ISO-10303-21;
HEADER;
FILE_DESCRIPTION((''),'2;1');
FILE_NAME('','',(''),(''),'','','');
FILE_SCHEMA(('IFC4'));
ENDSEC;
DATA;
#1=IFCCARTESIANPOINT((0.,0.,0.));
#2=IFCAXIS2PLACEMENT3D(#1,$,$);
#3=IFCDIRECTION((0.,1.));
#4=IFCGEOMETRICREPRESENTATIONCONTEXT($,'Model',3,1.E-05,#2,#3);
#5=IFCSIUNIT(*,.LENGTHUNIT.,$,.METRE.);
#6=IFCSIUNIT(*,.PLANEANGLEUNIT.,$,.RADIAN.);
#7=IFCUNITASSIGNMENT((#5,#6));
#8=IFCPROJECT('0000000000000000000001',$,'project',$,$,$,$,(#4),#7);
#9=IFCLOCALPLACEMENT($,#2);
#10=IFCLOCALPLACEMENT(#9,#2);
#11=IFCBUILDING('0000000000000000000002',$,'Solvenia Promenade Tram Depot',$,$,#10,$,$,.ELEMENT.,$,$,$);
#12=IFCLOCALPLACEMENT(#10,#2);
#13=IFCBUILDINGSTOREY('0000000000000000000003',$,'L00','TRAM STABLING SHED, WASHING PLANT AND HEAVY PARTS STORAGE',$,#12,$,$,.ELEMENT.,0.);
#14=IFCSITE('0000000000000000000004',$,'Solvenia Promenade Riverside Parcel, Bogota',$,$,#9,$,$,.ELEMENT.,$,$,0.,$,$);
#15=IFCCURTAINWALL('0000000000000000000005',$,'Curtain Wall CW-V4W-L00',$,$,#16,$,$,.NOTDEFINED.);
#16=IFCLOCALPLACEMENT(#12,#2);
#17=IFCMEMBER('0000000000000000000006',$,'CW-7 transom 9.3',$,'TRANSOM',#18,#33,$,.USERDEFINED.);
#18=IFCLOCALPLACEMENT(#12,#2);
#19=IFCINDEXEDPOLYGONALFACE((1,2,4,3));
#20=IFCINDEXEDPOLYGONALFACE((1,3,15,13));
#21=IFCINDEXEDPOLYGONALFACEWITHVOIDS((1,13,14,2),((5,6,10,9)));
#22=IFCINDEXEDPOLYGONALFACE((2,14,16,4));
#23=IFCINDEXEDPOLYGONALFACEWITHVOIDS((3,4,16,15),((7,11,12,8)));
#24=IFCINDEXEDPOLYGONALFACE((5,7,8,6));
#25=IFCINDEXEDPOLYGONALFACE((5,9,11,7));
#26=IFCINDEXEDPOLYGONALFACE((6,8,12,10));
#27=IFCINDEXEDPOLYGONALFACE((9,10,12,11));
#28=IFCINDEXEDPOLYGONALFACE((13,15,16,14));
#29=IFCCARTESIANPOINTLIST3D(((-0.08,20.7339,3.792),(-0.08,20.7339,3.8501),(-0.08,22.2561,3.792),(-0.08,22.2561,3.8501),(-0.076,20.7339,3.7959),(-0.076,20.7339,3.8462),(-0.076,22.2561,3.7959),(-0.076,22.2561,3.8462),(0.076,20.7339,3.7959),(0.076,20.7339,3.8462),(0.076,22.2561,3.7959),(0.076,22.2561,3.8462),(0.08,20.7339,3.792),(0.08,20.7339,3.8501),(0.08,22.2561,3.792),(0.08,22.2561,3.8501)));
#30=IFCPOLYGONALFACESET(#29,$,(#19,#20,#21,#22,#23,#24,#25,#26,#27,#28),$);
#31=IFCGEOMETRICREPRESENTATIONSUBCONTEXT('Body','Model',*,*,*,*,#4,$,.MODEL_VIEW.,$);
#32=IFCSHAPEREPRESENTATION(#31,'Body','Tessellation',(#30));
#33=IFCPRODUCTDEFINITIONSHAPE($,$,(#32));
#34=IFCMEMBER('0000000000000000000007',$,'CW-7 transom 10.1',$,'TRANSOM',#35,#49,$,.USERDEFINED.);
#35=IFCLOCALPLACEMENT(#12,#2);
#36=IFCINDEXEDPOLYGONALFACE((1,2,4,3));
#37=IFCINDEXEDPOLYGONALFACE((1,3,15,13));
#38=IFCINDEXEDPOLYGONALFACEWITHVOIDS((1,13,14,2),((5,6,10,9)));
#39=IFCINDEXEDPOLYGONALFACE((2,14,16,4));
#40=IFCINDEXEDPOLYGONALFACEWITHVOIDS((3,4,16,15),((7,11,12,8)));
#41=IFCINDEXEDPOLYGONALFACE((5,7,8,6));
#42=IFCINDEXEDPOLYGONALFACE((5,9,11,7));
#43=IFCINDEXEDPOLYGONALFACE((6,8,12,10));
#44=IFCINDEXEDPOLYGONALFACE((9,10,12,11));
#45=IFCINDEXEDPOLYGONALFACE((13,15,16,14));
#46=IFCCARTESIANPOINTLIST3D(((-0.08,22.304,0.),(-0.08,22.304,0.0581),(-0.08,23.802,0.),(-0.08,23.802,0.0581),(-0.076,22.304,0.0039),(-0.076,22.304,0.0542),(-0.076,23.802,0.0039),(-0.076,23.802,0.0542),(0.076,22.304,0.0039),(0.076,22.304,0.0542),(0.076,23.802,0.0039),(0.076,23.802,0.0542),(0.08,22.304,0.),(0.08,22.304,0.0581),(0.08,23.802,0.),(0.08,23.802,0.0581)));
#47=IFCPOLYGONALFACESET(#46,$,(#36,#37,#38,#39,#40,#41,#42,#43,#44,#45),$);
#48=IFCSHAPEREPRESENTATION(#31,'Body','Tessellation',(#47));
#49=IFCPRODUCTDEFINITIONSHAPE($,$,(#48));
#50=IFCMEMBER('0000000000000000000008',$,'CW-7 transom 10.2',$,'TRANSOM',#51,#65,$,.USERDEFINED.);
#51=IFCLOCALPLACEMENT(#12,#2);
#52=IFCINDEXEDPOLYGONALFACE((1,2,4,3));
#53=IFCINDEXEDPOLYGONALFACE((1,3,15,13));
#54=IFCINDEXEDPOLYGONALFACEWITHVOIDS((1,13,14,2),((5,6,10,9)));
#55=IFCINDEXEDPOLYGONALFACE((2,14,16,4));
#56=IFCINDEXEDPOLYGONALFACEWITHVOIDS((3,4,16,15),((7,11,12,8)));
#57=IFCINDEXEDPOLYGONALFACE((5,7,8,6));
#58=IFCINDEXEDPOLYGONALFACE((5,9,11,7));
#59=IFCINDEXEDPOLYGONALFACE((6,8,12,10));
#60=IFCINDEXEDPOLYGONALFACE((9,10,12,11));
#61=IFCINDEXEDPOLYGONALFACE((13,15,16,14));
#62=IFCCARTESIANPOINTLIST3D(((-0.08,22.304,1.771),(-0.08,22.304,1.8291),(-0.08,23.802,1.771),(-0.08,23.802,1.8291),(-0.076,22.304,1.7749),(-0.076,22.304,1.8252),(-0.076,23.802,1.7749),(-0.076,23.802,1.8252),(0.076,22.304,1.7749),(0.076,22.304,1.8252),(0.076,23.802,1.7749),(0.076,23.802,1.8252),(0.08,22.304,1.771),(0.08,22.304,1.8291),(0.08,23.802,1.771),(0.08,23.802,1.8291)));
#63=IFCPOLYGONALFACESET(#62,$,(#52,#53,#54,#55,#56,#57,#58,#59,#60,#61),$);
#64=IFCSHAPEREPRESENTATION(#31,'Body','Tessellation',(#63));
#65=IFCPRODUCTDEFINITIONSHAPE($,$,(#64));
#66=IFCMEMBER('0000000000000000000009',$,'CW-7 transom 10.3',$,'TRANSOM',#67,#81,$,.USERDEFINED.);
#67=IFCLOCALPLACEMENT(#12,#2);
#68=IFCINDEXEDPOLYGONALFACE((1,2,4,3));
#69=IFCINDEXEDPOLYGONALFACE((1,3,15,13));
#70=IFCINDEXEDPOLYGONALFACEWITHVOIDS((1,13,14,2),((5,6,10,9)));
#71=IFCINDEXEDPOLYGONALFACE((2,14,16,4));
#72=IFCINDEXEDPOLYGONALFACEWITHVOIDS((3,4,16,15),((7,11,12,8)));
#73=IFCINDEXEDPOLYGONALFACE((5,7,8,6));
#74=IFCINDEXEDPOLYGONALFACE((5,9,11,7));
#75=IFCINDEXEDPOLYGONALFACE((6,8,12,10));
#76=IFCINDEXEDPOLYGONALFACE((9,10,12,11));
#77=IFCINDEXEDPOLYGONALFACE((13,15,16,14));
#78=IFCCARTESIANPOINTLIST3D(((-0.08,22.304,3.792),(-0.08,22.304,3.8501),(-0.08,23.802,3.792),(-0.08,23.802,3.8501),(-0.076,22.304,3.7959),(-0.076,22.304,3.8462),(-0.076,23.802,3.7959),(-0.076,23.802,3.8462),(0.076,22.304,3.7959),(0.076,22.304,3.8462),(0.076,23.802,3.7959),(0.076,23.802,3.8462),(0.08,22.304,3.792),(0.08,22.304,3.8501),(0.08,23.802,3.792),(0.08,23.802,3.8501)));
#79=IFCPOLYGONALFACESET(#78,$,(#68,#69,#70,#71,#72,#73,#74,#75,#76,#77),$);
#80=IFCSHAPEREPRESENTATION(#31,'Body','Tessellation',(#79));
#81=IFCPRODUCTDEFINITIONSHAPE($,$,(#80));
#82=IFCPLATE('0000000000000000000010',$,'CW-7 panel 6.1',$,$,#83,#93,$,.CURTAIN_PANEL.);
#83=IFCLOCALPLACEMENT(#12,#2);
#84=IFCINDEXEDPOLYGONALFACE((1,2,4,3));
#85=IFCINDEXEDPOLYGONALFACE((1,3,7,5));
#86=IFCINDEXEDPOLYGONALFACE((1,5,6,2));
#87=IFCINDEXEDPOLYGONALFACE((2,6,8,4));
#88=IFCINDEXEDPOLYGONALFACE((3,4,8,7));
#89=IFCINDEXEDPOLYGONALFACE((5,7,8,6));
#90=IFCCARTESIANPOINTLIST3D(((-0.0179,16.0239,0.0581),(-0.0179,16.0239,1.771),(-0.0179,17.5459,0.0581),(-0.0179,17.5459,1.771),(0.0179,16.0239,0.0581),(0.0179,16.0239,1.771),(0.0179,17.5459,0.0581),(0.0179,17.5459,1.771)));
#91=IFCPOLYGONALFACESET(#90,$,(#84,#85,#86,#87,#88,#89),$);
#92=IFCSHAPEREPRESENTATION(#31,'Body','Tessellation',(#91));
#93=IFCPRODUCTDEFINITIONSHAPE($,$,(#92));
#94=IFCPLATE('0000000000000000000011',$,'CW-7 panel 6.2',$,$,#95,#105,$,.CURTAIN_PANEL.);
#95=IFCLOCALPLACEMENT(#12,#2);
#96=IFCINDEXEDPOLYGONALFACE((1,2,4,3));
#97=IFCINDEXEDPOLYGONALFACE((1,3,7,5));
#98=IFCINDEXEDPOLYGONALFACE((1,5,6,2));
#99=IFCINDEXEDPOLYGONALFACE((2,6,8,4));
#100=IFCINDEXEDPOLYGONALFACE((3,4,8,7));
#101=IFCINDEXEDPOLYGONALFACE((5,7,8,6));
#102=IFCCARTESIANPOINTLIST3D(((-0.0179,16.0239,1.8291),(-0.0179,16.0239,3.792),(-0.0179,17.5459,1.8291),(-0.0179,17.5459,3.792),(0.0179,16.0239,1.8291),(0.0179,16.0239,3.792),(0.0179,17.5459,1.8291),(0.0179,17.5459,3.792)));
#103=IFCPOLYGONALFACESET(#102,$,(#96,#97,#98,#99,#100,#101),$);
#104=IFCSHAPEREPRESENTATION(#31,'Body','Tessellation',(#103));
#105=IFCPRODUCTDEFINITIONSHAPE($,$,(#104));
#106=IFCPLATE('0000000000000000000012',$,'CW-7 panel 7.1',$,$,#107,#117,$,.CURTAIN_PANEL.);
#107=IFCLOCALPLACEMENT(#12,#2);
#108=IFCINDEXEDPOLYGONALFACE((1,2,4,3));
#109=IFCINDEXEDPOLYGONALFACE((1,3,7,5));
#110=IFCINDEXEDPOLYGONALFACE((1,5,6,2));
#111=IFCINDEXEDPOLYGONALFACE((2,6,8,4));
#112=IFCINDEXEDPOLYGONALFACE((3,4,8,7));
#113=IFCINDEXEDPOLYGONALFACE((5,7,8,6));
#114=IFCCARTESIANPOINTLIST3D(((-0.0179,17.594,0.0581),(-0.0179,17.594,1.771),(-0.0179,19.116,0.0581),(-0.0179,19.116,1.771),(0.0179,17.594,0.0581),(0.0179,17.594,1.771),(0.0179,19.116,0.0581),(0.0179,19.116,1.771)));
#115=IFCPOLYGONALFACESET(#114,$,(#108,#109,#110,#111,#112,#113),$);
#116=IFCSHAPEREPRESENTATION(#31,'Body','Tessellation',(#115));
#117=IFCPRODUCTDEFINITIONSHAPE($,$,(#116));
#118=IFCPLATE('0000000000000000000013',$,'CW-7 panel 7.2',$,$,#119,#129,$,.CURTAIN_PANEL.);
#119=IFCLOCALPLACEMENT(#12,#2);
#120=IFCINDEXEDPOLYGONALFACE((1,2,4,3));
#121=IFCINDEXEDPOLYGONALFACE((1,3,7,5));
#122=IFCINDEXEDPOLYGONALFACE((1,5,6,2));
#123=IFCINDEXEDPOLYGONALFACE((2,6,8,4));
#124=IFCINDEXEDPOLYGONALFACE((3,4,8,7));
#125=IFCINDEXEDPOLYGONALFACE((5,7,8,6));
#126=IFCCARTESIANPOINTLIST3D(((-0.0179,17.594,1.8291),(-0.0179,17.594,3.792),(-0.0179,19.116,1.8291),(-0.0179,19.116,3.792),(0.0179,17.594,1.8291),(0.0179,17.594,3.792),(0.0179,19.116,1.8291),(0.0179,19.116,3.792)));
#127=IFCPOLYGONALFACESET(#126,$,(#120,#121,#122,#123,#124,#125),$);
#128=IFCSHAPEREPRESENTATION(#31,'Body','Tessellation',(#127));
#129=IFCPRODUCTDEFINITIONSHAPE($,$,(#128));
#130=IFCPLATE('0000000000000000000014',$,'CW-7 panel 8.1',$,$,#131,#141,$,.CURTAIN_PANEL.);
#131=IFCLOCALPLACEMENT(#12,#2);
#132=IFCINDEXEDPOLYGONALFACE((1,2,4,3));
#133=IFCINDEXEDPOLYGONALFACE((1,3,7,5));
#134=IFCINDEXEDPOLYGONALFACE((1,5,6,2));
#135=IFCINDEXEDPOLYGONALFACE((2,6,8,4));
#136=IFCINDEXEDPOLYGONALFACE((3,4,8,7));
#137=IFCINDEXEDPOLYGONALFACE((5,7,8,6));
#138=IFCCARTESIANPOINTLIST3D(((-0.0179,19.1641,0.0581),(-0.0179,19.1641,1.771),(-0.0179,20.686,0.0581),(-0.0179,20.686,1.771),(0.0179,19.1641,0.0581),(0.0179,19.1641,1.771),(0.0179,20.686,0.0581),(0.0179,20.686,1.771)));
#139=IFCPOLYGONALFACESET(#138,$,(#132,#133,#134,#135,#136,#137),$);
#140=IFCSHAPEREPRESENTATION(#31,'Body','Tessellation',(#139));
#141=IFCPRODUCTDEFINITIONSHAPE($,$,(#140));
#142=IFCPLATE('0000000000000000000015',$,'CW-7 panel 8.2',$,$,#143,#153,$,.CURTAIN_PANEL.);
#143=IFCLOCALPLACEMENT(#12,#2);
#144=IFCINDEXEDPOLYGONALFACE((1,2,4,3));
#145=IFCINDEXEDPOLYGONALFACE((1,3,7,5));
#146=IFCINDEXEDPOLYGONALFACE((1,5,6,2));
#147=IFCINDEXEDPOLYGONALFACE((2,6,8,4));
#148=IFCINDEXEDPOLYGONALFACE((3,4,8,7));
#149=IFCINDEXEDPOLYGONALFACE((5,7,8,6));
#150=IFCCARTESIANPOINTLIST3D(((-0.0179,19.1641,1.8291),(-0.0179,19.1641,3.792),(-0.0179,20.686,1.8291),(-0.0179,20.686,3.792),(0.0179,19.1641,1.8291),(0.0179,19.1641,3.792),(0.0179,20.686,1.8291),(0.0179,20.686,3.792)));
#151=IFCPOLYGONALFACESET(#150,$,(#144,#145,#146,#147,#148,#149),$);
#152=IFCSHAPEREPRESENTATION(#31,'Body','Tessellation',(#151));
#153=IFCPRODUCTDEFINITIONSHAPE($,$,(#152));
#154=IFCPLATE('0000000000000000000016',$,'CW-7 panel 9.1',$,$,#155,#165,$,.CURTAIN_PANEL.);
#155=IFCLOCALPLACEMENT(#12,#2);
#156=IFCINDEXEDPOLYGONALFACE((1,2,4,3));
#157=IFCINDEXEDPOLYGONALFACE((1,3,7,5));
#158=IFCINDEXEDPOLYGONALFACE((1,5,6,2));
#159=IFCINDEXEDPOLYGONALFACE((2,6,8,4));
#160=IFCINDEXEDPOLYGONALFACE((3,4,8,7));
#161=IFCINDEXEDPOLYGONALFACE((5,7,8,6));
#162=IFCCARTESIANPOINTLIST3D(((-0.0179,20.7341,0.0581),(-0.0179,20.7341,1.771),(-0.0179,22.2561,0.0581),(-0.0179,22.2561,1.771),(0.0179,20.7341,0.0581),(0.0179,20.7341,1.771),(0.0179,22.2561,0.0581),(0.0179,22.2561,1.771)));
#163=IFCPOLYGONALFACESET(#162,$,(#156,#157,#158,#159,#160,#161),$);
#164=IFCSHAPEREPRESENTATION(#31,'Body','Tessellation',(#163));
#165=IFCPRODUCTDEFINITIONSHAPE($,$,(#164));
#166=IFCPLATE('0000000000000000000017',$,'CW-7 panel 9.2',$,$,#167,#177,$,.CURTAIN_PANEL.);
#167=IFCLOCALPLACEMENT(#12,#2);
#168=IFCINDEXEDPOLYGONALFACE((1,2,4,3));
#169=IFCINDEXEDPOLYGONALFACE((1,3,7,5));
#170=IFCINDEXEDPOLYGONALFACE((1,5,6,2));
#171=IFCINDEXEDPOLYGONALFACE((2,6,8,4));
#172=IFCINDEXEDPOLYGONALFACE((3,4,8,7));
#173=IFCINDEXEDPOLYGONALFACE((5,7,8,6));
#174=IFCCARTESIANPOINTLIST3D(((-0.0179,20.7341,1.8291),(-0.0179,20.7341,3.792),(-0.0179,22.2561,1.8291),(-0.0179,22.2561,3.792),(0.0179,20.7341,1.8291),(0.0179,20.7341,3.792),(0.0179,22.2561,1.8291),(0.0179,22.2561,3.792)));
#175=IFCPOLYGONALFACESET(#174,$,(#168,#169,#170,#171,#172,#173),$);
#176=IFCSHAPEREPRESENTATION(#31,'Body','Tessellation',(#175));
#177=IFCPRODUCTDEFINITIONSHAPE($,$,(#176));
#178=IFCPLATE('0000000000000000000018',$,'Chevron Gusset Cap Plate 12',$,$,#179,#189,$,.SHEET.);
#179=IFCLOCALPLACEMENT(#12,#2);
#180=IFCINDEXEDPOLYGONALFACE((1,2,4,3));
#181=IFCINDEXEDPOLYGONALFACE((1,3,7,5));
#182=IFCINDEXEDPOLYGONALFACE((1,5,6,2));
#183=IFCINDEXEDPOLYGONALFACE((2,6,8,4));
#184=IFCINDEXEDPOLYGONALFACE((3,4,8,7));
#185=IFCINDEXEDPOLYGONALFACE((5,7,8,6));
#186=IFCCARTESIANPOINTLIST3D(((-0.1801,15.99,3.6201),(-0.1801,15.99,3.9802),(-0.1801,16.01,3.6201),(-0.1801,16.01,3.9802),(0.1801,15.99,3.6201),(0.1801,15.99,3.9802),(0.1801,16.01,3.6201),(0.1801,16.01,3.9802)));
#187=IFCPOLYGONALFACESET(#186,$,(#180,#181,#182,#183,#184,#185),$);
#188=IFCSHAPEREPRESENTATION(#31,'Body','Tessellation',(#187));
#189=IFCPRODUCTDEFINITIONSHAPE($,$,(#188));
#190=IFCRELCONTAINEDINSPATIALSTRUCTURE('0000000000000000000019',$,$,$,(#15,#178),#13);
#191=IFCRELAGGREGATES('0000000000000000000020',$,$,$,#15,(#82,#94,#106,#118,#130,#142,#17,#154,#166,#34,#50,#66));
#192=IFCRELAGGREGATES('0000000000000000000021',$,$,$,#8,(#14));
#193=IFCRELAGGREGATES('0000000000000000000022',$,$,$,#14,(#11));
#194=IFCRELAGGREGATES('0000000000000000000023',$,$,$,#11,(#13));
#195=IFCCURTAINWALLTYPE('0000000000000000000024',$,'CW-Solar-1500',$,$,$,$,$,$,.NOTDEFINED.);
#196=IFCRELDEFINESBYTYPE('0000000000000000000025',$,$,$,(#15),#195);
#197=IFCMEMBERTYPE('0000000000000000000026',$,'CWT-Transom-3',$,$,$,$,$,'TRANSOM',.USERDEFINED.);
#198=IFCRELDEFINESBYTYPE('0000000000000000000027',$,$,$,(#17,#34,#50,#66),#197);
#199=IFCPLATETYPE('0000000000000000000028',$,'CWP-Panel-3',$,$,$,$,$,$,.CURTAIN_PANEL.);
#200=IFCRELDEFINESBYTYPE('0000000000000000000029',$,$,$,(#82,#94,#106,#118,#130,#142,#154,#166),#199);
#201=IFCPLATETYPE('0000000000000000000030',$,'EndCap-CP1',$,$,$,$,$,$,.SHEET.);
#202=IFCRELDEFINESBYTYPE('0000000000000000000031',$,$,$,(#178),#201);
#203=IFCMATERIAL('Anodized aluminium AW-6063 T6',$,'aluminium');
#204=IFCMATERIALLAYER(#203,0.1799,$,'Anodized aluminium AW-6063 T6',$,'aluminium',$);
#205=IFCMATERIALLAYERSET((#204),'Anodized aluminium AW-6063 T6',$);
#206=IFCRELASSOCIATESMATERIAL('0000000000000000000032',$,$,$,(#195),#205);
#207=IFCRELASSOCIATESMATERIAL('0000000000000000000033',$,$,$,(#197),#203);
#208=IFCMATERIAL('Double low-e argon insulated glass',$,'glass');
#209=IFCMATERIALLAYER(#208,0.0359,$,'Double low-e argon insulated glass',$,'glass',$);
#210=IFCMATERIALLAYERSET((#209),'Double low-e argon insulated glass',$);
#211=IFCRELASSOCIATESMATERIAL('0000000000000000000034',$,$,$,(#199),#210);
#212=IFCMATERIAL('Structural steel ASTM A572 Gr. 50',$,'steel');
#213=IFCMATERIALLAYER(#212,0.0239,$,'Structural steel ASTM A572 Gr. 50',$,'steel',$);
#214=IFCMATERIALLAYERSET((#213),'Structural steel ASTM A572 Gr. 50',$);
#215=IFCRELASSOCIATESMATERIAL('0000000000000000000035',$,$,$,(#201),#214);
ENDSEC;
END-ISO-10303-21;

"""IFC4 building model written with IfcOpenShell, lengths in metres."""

from ifc_helpers import new_model, si_unit, direction, frame, origin, origin_2d, place, context, subcontext, project, spatial, rectangle, hollow_rectangle, extrude, material, layer, layer_set, material_profile, profile_set, type_object, element, aggregate, save


model = new_model("IFC4")

# Units and contexts
model_context = context("Model", 3, precision=1e-05, world=origin(), true_north=direction((0.0, 1.0)))
body_context = subcontext(model_context, "Body", "Model", "MODEL_VIEW")
ifc_project = project(units=[si_unit("LENGTHUNIT", "METRE"), si_unit("PLANEANGLEUNIT", "RADIAN")], contexts=[model_context])

# Site, building, storey
site_placement = place(None, origin())
site = spatial("IfcSite", under=ifc_project, at=site_placement, Name="Solvenia Promenade Riverside Parcel, Bogota", CompositionType="ELEMENT", RefElevation=0.0)
building_placement = place(site_placement, origin())
building = spatial("IfcBuilding", under=site, at=building_placement, Name="Solvenia Promenade Tram Depot", CompositionType="ELEMENT")
storey_placement = place(building_placement, origin())
storey = spatial("IfcBuildingStorey", under=building, at=storey_placement, Name="L00", Description="TRAM STABLING SHED, WASHING PLANT AND HEAVY PARTS STORAGE", CompositionType="ELEMENT", Elevation=0.0)

# Curtain wall, members, plates
ifc_material_1 = material(Name="Anodized aluminium AW-6063 T6", Category="aluminium")
ifc_layer_1 = layer(ifc_material_1, 0.1799, Name="Anodized aluminium AW-6063 T6", Category="aluminium")
ifc_layer_set_1 = layer_set([ifc_layer_1], Name="Anodized aluminium AW-6063 T6")
curtain_wall_type = type_object("IfcCurtainWallType", Name="CW-Solar-1500", PredefinedType="NOTDEFINED", material=ifc_layer_set_1)
curtain_wall_placement = place(storey_placement, origin())
curtain_wall = element("IfcCurtainWall", 1, at=curtain_wall_placement, inside=storey, type_object=curtain_wall_type, Name="Curtain Wall CW-V4W-L00", PredefinedType="NOTDEFINED")
ifc_material_profile_1 = material_profile(ifc_material_1, hollow_rectangle(XDim=0.1599, YDim=0.0581, WallThickness=0.0039, at=origin_2d()), Name="ALU-T3", Category="aluminium")
ifc_profile_set_1 = profile_set([ifc_material_profile_1], Name="Anodized aluminium AW-6063 T6")
member_type_1 = type_object("IfcMemberType", Name="CWT-Transom-3", ElementType="TRANSOM", PredefinedType="USERDEFINED", material=ifc_profile_set_1)
member_1_placement = place(storey_placement, frame((0.0, 20.7339, 3.821), z_axis=(0.0, 1.0, 0.0), x_axis=(-1.0, 0.0, 0.0)))
member_1 = element("IfcMember", 2, at=member_1_placement, type_object=member_type_1, Name="CW-7 transom 9.3", ObjectType="TRANSOM", PredefinedType="USERDEFINED", context=body_context, shape_type="SweptSolid", body=[
    extrude(hollow_rectangle(XDim=0.1599, YDim=0.0581, WallThickness=0.0039, at=origin_2d()), origin(), (0.0, 0.0, 1.0), 1.5222),
])
member_2_placement = place(storey_placement, frame((0.0, 22.304, 0.0291), z_axis=(0.0, 1.0, 0.0), x_axis=(-1.0, 0.0, 0.0)))
member_2 = element("IfcMember", 3, at=member_2_placement, type_object=member_type_1, Name="CW-7 transom 10.1", ObjectType="TRANSOM", PredefinedType="USERDEFINED", context=body_context, shape_type="SweptSolid", body=[
    extrude(hollow_rectangle(XDim=0.1599, YDim=0.0581, WallThickness=0.0039, at=origin_2d()), origin(), (0.0, 0.0, 1.0), 1.498),
])
member_3_placement = place(storey_placement, frame((0.0, 22.304, 1.8), z_axis=(0.0, 1.0, 0.0), x_axis=(-1.0, 0.0, 0.0)))
member_3 = element("IfcMember", 4, at=member_3_placement, type_object=member_type_1, Name="CW-7 transom 10.2", ObjectType="TRANSOM", PredefinedType="USERDEFINED", context=body_context, shape_type="SweptSolid", body=[
    extrude(hollow_rectangle(XDim=0.1599, YDim=0.0581, WallThickness=0.0039, at=origin_2d()), origin(), (0.0, 0.0, 1.0), 1.498),
])
member_4_placement = place(storey_placement, frame((0.0, 22.304, 3.821), z_axis=(0.0, 1.0, 0.0), x_axis=(-1.0, 0.0, 0.0)))
member_4 = element("IfcMember", 5, at=member_4_placement, type_object=member_type_1, Name="CW-7 transom 10.3", ObjectType="TRANSOM", PredefinedType="USERDEFINED", context=body_context, shape_type="SweptSolid", body=[
    extrude(hollow_rectangle(XDim=0.1599, YDim=0.0581, WallThickness=0.0039, at=origin_2d()), origin(), (0.0, 0.0, 1.0), 1.498),
])
ifc_material_2 = material(Name="Double low-e argon insulated glass", Category="glass")
ifc_layer_2 = layer(ifc_material_2, 0.0359, Name="Double low-e argon insulated glass", Category="glass")
ifc_layer_set_2 = layer_set([ifc_layer_2], Name="Double low-e argon insulated glass")
plate_type_1 = type_object("IfcPlateType", Name="CWP-Panel-3", PredefinedType="CURTAIN_PANEL", material=ifc_layer_set_2)
plate_1_placement = place(storey_placement, frame((0.0, 16.7849, 0.0581), z_axis=(0.0, 0.0, 1.0), x_axis=(0.0, 1.0, 0.0)))
plate_1 = element("IfcPlate", 6, at=plate_1_placement, type_object=plate_type_1, Name="CW-7 panel 6.1", PredefinedType="CURTAIN_PANEL", context=body_context, shape_type="SweptSolid", body=[
    extrude(rectangle(XDim=1.522, YDim=0.0359, at=origin_2d()), origin(), (0.0, 0.0, 1.0), 1.7129),
])
plate_2_placement = place(storey_placement, frame((0.0, 16.7849, 1.8291), z_axis=(0.0, 0.0, 1.0), x_axis=(0.0, 1.0, 0.0)))
plate_2 = element("IfcPlate", 7, at=plate_2_placement, type_object=plate_type_1, Name="CW-7 panel 6.2", PredefinedType="CURTAIN_PANEL", context=body_context, shape_type="SweptSolid", body=[
    extrude(rectangle(XDim=1.522, YDim=0.0359, at=origin_2d()), origin(), (0.0, 0.0, 1.0), 1.9629),
])
plate_3_placement = place(storey_placement, frame((0.0, 18.355, 0.0581), z_axis=(0.0, 0.0, 1.0), x_axis=(0.0, 1.0, 0.0)))
plate_3 = element("IfcPlate", 8, at=plate_3_placement, type_object=plate_type_1, Name="CW-7 panel 7.1", PredefinedType="CURTAIN_PANEL", context=body_context, shape_type="SweptSolid", body=[
    extrude(rectangle(XDim=1.522, YDim=0.0359, at=origin_2d()), origin(), (0.0, 0.0, 1.0), 1.7129),
])
plate_4_placement = place(storey_placement, frame((0.0, 18.355, 1.8291), z_axis=(0.0, 0.0, 1.0), x_axis=(0.0, 1.0, 0.0)))
plate_4 = element("IfcPlate", 9, at=plate_4_placement, type_object=plate_type_1, Name="CW-7 panel 7.2", PredefinedType="CURTAIN_PANEL", context=body_context, shape_type="SweptSolid", body=[
    extrude(rectangle(XDim=1.522, YDim=0.0359, at=origin_2d()), origin(), (0.0, 0.0, 1.0), 1.9629),
])
plate_5_placement = place(storey_placement, frame((0.0, 19.925, 0.0581), z_axis=(0.0, 0.0, 1.0), x_axis=(0.0, 1.0, 0.0)))
plate_5 = element("IfcPlate", 10, at=plate_5_placement, type_object=plate_type_1, Name="CW-7 panel 8.1", PredefinedType="CURTAIN_PANEL", context=body_context, shape_type="SweptSolid", body=[
    extrude(rectangle(XDim=1.522, YDim=0.0359, at=origin_2d()), origin(), (0.0, 0.0, 1.0), 1.7129),
])
plate_6_placement = place(storey_placement, frame((0.0, 19.925, 1.8291), z_axis=(0.0, 0.0, 1.0), x_axis=(0.0, 1.0, 0.0)))
plate_6 = element("IfcPlate", 11, at=plate_6_placement, type_object=plate_type_1, Name="CW-7 panel 8.2", PredefinedType="CURTAIN_PANEL", context=body_context, shape_type="SweptSolid", body=[
    extrude(rectangle(XDim=1.522, YDim=0.0359, at=origin_2d()), origin(), (0.0, 0.0, 1.0), 1.9629),
])
plate_7_placement = place(storey_placement, frame((0.0, 21.4951, 0.0581), z_axis=(0.0, 0.0, 1.0), x_axis=(0.0, 1.0, 0.0)))
plate_7 = element("IfcPlate", 12, at=plate_7_placement, type_object=plate_type_1, Name="CW-7 panel 9.1", PredefinedType="CURTAIN_PANEL", context=body_context, shape_type="SweptSolid", body=[
    extrude(rectangle(XDim=1.522, YDim=0.0359, at=origin_2d()), origin(), (0.0, 0.0, 1.0), 1.7129),
])
plate_8_placement = place(storey_placement, frame((0.0, 21.4951, 1.8291), z_axis=(0.0, 0.0, 1.0), x_axis=(0.0, 1.0, 0.0)))
plate_8 = element("IfcPlate", 13, at=plate_8_placement, type_object=plate_type_1, Name="CW-7 panel 9.2", PredefinedType="CURTAIN_PANEL", context=body_context, shape_type="SweptSolid", body=[
    extrude(rectangle(XDim=1.522, YDim=0.0359, at=origin_2d()), origin(), (0.0, 0.0, 1.0), 1.9629),
])
aggregate(curtain_wall, [plate_1, plate_2, plate_3, plate_4, plate_5, plate_6, member_1, plate_7, plate_8, member_2, member_3, member_4])

# Plate
ifc_material_3 = material(Name="Structural steel ASTM A572 Gr. 50", Category="steel")
ifc_layer_3 = layer(ifc_material_3, 0.0239, Name="Structural steel ASTM A572 Gr. 50", Category="steel")
ifc_layer_set_3 = layer_set([ifc_layer_3], Name="Structural steel ASTM A572 Gr. 50")
plate_type_2 = type_object("IfcPlateType", Name="EndCap-CP1", PredefinedType="SHEET", material=ifc_layer_set_3)
plate_9_placement = place(storey_placement, frame((0.0, 16.0, 3.6201), z_axis=(0.0, 0.0, 1.0), x_axis=(1.0, 0.0, 0.0)))
element("IfcPlate", 14, at=plate_9_placement, inside=storey, type_object=plate_type_2, Name="Chevron Gusset Cap Plate 12", PredefinedType="SHEET", context=body_context, shape_type="SweptSolid", body=[
    extrude(rectangle(XDim=0.3601, YDim=0.02, at=origin_2d()), origin(), (0.0, 0.0, 1.0), 0.3601),
])

save(model, "model.ifc")
